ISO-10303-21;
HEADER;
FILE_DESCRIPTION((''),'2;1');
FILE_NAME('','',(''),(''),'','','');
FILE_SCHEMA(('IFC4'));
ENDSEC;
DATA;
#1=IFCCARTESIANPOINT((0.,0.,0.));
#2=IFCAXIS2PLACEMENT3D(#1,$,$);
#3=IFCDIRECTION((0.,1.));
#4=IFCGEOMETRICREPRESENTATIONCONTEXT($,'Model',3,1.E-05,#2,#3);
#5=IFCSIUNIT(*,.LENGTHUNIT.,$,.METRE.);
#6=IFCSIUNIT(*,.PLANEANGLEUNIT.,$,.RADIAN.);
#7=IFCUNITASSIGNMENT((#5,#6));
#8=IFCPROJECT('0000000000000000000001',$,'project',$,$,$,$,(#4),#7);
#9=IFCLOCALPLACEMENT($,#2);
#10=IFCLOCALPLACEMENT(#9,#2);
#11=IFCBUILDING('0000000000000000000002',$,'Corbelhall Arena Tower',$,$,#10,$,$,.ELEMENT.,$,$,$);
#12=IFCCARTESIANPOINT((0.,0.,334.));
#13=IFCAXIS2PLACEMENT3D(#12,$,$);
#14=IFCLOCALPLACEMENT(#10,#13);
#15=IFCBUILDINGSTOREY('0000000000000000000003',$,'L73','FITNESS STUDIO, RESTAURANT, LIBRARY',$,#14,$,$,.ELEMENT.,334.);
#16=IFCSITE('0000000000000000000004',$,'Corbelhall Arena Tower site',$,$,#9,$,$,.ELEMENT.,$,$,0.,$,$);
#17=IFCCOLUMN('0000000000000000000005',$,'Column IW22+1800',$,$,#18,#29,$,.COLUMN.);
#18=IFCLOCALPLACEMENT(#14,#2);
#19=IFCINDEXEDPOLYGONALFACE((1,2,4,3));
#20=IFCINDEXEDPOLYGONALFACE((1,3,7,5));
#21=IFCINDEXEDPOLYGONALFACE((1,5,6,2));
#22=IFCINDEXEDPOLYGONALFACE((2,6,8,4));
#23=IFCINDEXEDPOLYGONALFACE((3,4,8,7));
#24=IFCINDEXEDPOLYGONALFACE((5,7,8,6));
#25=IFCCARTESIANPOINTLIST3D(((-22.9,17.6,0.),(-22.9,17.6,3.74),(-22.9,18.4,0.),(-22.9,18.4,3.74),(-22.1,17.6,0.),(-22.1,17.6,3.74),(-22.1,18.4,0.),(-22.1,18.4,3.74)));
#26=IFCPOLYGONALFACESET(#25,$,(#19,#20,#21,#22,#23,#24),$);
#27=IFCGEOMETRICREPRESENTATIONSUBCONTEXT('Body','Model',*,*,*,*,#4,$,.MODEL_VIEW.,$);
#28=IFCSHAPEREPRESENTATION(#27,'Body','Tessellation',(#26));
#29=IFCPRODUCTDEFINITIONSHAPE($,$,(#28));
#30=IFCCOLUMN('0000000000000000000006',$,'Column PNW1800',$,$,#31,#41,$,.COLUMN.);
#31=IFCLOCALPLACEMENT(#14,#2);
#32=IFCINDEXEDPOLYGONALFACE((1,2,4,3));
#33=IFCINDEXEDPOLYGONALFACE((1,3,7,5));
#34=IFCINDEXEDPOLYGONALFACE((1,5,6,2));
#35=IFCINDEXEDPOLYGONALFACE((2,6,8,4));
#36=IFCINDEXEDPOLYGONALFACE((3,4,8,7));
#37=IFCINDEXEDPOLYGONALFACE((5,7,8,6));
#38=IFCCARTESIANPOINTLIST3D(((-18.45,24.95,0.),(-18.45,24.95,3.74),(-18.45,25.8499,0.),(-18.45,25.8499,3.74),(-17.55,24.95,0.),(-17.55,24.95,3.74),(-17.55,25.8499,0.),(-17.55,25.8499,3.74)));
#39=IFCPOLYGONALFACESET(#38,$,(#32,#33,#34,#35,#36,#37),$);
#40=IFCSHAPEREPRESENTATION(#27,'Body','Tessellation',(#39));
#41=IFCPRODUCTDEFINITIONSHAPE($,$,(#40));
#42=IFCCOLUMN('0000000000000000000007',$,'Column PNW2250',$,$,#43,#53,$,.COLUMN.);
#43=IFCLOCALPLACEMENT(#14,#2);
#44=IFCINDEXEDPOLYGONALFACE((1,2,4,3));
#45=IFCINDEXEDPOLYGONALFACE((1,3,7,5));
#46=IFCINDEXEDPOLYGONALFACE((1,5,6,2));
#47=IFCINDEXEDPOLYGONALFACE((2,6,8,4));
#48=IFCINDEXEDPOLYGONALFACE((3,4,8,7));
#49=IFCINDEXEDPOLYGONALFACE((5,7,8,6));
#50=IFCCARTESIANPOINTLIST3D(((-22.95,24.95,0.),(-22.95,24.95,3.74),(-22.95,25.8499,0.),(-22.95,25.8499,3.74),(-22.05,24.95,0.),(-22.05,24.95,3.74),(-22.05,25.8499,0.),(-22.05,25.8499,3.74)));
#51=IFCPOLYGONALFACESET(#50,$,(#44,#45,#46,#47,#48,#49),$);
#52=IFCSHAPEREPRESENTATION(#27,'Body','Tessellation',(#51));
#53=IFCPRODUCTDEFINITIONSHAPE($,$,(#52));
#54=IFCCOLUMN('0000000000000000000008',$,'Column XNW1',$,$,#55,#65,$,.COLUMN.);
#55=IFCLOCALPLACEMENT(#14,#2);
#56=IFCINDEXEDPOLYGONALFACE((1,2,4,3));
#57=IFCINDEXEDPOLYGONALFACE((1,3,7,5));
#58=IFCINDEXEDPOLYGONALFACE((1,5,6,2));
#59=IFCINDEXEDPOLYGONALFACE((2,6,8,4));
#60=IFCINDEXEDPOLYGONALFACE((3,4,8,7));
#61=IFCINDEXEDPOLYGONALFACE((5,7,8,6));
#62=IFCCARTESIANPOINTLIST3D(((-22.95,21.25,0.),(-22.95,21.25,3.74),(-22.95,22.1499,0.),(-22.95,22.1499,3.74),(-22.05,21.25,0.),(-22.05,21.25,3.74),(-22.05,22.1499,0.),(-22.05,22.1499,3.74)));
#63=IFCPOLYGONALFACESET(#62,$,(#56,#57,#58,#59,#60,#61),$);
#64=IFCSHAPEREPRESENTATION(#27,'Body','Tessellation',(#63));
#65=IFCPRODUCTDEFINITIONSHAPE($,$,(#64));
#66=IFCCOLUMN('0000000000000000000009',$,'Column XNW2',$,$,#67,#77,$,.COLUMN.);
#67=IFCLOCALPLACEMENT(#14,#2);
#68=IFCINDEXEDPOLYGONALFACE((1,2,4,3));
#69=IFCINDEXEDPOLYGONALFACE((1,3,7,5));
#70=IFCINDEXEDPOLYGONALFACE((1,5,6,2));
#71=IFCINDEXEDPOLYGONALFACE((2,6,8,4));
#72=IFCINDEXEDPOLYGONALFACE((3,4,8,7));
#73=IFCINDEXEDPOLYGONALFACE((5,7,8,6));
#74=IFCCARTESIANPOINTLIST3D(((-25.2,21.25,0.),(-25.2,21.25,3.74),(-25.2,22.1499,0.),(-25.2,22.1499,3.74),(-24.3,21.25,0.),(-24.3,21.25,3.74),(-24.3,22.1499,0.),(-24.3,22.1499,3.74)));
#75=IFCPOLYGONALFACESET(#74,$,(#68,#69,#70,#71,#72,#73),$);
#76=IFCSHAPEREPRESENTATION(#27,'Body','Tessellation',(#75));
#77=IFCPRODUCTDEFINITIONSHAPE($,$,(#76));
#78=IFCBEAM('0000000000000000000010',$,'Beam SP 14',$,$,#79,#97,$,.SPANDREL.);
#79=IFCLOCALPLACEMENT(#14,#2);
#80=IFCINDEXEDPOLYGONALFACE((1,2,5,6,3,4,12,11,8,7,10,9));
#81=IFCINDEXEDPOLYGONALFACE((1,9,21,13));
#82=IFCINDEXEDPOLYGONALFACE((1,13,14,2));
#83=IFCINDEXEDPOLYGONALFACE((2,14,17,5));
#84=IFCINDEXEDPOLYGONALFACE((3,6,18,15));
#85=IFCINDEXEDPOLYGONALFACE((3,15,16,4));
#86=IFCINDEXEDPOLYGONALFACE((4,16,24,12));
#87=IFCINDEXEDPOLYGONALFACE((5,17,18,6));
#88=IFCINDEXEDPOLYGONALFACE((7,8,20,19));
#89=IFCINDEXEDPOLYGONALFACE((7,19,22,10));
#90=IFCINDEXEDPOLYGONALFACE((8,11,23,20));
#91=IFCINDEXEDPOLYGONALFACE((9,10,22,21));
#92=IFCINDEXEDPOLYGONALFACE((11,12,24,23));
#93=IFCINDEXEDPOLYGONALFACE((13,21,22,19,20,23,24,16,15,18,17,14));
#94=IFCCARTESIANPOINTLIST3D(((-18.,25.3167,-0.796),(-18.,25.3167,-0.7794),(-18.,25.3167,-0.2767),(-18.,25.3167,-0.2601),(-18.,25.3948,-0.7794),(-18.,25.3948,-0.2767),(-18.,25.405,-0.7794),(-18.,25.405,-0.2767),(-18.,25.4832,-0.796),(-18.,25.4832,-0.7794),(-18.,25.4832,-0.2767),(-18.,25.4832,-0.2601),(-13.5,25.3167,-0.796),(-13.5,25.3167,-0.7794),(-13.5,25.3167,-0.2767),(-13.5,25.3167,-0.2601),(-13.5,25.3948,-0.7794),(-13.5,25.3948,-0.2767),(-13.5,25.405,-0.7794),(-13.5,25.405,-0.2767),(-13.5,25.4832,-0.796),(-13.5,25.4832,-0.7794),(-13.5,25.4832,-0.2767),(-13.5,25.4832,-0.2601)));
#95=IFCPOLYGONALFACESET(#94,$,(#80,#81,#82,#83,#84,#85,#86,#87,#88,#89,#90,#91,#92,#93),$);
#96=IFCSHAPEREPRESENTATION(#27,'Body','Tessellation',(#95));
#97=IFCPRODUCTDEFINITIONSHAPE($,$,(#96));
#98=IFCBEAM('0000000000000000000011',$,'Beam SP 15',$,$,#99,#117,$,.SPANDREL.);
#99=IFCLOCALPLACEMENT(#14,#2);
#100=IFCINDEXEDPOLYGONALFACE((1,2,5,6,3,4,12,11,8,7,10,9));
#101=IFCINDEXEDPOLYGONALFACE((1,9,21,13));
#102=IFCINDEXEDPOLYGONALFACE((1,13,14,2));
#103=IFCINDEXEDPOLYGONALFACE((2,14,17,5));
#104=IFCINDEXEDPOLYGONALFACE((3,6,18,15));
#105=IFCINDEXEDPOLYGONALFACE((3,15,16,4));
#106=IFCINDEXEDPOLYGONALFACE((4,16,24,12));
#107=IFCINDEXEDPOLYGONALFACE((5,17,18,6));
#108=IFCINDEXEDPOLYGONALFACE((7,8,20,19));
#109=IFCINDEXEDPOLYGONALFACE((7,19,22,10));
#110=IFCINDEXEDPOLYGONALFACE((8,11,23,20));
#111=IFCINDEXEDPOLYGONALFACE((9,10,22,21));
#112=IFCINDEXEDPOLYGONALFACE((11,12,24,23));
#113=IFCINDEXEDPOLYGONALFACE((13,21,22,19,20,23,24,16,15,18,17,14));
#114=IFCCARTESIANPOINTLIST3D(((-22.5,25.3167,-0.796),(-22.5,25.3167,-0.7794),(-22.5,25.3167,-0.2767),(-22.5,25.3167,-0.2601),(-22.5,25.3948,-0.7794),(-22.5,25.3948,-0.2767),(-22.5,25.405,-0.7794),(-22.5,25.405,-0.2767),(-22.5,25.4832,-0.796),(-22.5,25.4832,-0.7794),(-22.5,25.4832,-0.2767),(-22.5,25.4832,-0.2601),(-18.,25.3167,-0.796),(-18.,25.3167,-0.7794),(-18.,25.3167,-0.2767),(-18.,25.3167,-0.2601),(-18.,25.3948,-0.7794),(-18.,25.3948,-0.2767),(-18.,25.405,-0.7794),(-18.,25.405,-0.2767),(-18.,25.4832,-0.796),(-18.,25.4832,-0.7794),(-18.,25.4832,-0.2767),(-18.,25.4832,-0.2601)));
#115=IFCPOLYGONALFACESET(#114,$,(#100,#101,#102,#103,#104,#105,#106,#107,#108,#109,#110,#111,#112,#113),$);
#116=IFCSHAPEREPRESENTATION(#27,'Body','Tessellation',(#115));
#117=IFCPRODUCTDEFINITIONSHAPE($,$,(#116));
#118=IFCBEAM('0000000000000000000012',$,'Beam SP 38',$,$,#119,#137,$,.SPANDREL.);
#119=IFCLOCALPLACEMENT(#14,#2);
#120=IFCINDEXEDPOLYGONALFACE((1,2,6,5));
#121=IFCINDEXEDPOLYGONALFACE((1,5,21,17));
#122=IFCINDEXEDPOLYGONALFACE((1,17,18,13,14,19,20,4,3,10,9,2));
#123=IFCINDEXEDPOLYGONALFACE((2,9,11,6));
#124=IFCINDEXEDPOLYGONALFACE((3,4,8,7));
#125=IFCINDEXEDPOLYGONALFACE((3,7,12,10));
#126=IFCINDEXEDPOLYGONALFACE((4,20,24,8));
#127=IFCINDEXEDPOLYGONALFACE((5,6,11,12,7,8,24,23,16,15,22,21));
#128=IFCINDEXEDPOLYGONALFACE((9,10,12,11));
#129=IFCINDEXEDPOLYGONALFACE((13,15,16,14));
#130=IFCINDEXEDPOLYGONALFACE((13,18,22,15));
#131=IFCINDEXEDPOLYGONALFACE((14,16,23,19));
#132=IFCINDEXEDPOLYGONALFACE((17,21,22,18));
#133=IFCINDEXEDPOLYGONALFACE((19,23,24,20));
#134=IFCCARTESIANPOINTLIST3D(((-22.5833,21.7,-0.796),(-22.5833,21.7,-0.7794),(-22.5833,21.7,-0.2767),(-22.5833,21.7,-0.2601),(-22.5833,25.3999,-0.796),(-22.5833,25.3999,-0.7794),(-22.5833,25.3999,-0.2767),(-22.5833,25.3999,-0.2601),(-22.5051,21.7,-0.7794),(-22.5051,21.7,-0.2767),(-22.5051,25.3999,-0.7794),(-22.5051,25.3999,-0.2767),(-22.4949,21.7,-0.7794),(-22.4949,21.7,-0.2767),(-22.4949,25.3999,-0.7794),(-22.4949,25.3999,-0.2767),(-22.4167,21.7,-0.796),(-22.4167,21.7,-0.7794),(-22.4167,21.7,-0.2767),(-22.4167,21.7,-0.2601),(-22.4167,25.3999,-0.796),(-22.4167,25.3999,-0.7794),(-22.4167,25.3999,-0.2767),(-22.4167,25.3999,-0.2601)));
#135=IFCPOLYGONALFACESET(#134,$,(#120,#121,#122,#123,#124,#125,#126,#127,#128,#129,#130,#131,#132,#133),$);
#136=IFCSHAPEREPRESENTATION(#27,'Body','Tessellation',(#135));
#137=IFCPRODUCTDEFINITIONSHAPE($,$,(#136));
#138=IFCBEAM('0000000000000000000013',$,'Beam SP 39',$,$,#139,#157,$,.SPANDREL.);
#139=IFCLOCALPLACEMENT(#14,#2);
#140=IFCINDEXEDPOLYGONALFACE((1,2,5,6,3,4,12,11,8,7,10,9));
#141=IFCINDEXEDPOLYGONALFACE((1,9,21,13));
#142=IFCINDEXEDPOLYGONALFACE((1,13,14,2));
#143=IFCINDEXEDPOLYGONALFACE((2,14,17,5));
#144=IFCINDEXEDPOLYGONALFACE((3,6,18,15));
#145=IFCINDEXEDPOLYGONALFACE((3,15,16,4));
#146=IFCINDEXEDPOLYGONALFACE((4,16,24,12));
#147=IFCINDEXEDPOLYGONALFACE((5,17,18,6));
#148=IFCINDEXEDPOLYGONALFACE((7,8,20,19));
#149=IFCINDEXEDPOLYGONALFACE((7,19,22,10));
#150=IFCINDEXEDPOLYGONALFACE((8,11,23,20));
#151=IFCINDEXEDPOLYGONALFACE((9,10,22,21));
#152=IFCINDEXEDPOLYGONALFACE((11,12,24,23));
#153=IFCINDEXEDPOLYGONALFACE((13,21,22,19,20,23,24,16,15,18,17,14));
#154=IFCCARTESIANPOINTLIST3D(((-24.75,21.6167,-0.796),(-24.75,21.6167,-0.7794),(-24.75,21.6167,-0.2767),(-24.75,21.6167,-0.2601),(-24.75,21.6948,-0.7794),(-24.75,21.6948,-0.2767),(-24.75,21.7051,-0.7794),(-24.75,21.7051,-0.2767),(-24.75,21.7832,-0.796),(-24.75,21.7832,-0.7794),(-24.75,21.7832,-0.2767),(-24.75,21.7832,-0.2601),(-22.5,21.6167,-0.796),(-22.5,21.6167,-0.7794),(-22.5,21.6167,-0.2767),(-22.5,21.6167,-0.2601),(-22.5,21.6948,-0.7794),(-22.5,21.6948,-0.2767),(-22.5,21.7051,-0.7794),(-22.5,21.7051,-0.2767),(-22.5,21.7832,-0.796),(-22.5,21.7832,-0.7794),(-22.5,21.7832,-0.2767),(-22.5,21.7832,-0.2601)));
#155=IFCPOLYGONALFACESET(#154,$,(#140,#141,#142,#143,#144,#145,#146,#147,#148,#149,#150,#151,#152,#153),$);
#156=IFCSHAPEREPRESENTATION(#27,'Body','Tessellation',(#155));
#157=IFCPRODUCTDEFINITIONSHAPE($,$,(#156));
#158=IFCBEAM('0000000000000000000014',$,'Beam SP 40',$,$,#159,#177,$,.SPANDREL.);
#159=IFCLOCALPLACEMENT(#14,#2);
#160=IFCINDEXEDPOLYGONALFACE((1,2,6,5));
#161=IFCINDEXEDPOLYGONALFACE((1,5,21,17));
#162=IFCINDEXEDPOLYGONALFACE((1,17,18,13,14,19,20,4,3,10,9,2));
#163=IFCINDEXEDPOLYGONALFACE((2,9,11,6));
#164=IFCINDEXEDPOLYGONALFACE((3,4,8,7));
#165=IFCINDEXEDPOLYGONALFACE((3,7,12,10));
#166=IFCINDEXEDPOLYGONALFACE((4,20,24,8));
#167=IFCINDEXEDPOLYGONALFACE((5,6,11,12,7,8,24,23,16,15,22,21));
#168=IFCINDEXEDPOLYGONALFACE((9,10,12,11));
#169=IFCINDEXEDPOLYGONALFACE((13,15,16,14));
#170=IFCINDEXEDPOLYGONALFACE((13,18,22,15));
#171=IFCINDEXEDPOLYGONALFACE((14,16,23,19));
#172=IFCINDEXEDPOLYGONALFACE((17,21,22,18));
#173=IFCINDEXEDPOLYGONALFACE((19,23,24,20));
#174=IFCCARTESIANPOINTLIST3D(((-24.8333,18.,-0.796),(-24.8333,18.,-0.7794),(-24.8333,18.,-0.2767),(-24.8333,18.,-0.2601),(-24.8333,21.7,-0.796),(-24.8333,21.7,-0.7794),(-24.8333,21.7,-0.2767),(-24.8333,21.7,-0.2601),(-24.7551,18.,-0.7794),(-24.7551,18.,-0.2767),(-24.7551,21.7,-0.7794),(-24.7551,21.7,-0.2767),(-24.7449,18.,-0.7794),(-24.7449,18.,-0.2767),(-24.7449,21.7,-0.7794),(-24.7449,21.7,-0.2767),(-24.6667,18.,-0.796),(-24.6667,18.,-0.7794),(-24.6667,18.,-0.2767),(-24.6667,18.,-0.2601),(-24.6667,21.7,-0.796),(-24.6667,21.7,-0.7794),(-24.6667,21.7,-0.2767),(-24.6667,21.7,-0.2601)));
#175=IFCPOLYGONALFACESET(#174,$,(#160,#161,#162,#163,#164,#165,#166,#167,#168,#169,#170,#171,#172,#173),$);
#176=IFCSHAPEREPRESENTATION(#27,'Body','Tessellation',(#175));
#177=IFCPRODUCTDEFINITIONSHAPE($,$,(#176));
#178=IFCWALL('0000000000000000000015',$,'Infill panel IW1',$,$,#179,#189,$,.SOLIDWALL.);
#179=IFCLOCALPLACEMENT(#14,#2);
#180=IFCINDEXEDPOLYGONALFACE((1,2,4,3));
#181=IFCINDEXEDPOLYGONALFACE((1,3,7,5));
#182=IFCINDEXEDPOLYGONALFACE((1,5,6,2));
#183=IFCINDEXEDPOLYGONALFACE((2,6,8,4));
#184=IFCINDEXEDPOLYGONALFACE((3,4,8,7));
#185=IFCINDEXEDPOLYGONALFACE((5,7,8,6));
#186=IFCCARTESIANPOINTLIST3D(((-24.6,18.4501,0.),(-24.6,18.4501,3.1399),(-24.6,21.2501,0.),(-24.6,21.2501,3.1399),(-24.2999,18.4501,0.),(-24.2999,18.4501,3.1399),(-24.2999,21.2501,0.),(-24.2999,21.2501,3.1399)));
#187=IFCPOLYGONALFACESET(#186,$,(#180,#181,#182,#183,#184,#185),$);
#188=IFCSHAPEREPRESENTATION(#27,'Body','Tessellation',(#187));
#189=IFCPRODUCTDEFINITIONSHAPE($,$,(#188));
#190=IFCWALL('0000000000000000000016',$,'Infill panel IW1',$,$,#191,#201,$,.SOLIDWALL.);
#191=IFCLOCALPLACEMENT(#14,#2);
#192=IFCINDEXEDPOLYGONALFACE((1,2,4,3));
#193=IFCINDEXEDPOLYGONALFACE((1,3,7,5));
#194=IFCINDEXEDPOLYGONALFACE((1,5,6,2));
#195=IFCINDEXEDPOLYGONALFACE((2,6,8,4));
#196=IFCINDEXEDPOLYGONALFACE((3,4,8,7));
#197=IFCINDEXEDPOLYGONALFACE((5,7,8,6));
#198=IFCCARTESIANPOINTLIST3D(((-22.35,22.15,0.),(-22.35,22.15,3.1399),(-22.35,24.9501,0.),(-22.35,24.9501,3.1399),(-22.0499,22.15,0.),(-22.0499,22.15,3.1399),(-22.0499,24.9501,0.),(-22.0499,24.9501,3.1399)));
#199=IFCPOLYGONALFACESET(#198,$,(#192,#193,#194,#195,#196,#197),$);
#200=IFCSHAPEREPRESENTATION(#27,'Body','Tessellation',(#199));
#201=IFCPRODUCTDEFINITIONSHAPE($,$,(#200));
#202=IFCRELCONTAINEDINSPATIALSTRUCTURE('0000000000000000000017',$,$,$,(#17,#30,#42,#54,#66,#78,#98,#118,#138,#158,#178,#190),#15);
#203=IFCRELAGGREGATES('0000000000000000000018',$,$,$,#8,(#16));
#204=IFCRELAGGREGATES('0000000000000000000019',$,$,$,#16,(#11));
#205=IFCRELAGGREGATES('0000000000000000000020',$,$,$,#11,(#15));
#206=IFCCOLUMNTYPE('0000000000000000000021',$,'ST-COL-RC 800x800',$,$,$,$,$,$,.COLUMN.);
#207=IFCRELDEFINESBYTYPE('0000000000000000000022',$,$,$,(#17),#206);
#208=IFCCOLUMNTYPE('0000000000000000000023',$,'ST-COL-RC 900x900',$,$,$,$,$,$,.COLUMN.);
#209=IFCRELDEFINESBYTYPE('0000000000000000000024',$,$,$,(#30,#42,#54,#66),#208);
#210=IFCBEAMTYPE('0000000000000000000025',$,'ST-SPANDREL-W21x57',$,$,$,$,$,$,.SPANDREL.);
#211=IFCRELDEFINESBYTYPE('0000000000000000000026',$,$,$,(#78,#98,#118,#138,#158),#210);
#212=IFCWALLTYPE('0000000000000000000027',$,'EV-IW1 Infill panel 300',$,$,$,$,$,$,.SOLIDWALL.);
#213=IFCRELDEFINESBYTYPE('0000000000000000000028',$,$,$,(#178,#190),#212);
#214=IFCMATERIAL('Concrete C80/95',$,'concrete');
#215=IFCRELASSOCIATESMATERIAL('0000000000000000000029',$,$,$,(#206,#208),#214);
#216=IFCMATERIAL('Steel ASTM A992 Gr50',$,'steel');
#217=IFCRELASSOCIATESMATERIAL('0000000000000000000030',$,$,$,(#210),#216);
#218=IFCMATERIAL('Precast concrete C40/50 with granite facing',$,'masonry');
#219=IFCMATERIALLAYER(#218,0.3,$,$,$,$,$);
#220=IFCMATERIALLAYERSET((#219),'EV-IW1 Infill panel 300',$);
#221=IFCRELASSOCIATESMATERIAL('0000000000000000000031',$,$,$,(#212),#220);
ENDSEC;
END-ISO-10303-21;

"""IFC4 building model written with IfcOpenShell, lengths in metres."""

from ifc_helpers import new_model, si_unit, direction, frame, frame_2d, origin, origin_2d, place, context, subcontext, project, spatial, rectangle, i_section, extrude, material, layer, layer_set, material_profile, profile_set, type_object, element, save


model = new_model("IFC4")

# Units and contexts
model_context = context("Model", 3, precision=1e-05, world=origin(), true_north=direction((0.0, 1.0)))
body_context = subcontext(model_context, "Body", "Model", "MODEL_VIEW")
ifc_project = project(units=[si_unit("LENGTHUNIT", "METRE"), si_unit("PLANEANGLEUNIT", "RADIAN")], contexts=[model_context])

# Site, building, storey
site_placement = place(None, origin())
site = spatial("IfcSite", under=ifc_project, at=site_placement, Name="Corbelhall Arena Tower site", CompositionType="ELEMENT", RefElevation=0.0)
building_placement = place(site_placement, origin())
building = spatial("IfcBuilding", under=site, at=building_placement, Name="Corbelhall Arena Tower", CompositionType="ELEMENT")
storey_placement = place(building_placement, frame((0.0, 0.0, 334.0)))
storey = spatial("IfcBuildingStorey", under=building, at=storey_placement, Name="L73", Description="FITNESS STUDIO, RESTAURANT, LIBRARY", CompositionType="ELEMENT", Elevation=334.0)

# Columns
ifc_material_1 = material(Name="Concrete C80/95", Category="concrete")
ifc_material_profile_1 = material_profile(ifc_material_1, rectangle(XDim=0.8, YDim=0.8, at=origin_2d()))
ifc_profile_set_1 = profile_set([ifc_material_profile_1], Name="Concrete C80/95")
column_type_1 = type_object("IfcColumnType", Name="ST-COL-RC 800x800", PredefinedType="COLUMN", material=ifc_profile_set_1)
column_placement = place(storey_placement, frame((-22.5, 18.0, 0.0), z_axis=(0.0, 0.0, 1.0), x_axis=(1.0, 0.0, 0.0)))
element("IfcColumn", 1, at=column_placement, inside=storey, type_object=column_type_1, Name="Column IW22+1800", PredefinedType="COLUMN", context=body_context, shape_type="SweptSolid", body=[
    extrude(rectangle(XDim=0.8, YDim=0.8, at=origin_2d()), origin(), (0.0, 0.0, 1.0), 3.74),
])
ifc_material_profile_2 = material_profile(ifc_material_1, rectangle(XDim=0.8999, YDim=0.8999, at=origin_2d()))
ifc_profile_set_2 = profile_set([ifc_material_profile_2], Name="Concrete C80/95")
column_type_2 = type_object("IfcColumnType", Name="ST-COL-RC 900x900", PredefinedType="COLUMN", material=ifc_profile_set_2)
for number, where, z_axis, x_axis, name in (
    (2, (-18.0, 25.3999, 0.0), (0.0, 0.0, 1.0), (1.0, 0.0, 0.0), "Column PNW1800"),
    (3, (-22.5, 25.3999, 0.0), (0.0, 0.0, 1.0), (1.0, 0.0, 0.0), "Column PNW2250"),
    (4, (-22.5, 21.7, 0.0), (0.0, 0.0, 1.0), (1.0, 0.0, 0.0), "Column XNW1"),
    (5, (-24.75, 21.7, 0.0), (0.0, 0.0, 1.0), (1.0, 0.0, 0.0), "Column XNW2"),
):
    element("IfcColumn", number, at=place(storey_placement, frame(where, z_axis=z_axis, x_axis=x_axis)), inside=storey, type_object=column_type_2, Name=name, PredefinedType="COLUMN", context=body_context, shape_type="SweptSolid", body=[
        extrude(rectangle(XDim=0.8999, YDim=0.8999, at=origin_2d()), origin(), (0.0, 0.0, 1.0), 3.74),
    ])

# Beams
ifc_material_2 = material(Name="Steel ASTM A992 Gr50", Category="steel")
ifc_material_profile_3 = material_profile(ifc_material_2, i_section(OverallWidth=0.1665, OverallDepth=0.5359, WebThickness=0.0103, FlangeThickness=0.0166, at=origin_2d()))
ifc_profile_set_3 = profile_set([ifc_material_profile_3], Name="Steel ASTM A992 Gr50")
beam_type = type_object("IfcBeamType", Name="ST-SPANDREL-W21x57", PredefinedType="SPANDREL", material=ifc_profile_set_3)
for number, where, z_axis, x_axis, name in (
    (6, (-18.0, 25.3999, -0.5281), (1.0, 0.0, 0.0), (0.0, 1.0, 0.0), "Beam SP 14"),
    (7, (-22.5, 25.3999, -0.5281), (1.0, 0.0, 0.0), (0.0, 1.0, 0.0), "Beam SP 15"),
):
    element("IfcBeam", number, at=place(storey_placement, frame(where, z_axis=z_axis, x_axis=x_axis)), inside=storey, type_object=beam_type, Name=name, PredefinedType="SPANDREL", context=body_context, shape_type="SweptSolid", body=[
        extrude(i_section(OverallWidth=0.1665, OverallDepth=0.5359, WebThickness=0.0103, FlangeThickness=0.0166, at=origin_2d()), origin(), (0.0, 0.0, 1.0), 4.5),
    ])
beam_1_placement = place(storey_placement, frame((-22.5, 21.7, -0.5281), z_axis=(0.0, 1.0, 0.0), x_axis=(-1.0, 0.0, 0.0)))
element("IfcBeam", 8, at=beam_1_placement, inside=storey, type_object=beam_type, Name="Beam SP 38", PredefinedType="SPANDREL", context=body_context, shape_type="SweptSolid", body=[
    extrude(i_section(OverallWidth=0.1665, OverallDepth=0.5359, WebThickness=0.0103, FlangeThickness=0.0166, at=origin_2d()), origin(), (0.0, 0.0, 1.0), 3.7),
])
beam_2_placement = place(storey_placement, frame((-24.75, 21.7, -0.5281), z_axis=(1.0, 0.0, 0.0), x_axis=(0.0, 1.0, 0.0)))
element("IfcBeam", 9, at=beam_2_placement, inside=storey, type_object=beam_type, Name="Beam SP 39", PredefinedType="SPANDREL", context=body_context, shape_type="SweptSolid", body=[
    extrude(i_section(OverallWidth=0.1665, OverallDepth=0.5359, WebThickness=0.0103, FlangeThickness=0.0166, at=origin_2d()), origin(), (0.0, 0.0, 1.0), 2.25),
])
beam_3_placement = place(storey_placement, frame((-24.75, 18.0, -0.5281), z_axis=(0.0, 1.0, 0.0), x_axis=(-1.0, 0.0, 0.0)))
element("IfcBeam", 10, at=beam_3_placement, inside=storey, type_object=beam_type, Name="Beam SP 40", PredefinedType="SPANDREL", context=body_context, shape_type="SweptSolid", body=[
    extrude(i_section(OverallWidth=0.1665, OverallDepth=0.5359, WebThickness=0.0103, FlangeThickness=0.0166, at=origin_2d()), origin(), (0.0, 0.0, 1.0), 3.7),
])

# Wall
ifc_material_3 = material(Name="Precast concrete C40/50 with granite facing", Category="masonry")
ifc_layer_1 = layer(ifc_material_3, 0.3)
ifc_layer_set_1 = layer_set([ifc_layer_1], Name="EV-IW1 Infill panel 300")
wall_type_1 = type_object("IfcWallType", Name="EV-IW1 Infill panel 300", PredefinedType="SOLIDWALL", material=ifc_layer_set_1)
wall_1_placement = place(storey_placement, frame((-24.45, 21.25, 0.0), z_axis=(0.0, 0.0, 1.0), x_axis=(0.0, -1.0, 0.0)))
element("IfcWall", 11, at=wall_1_placement, inside=storey, type_object=wall_type_1, Name="Infill panel IW1", PredefinedType="SOLIDWALL", context=body_context, shape_type="SweptSolid", body=[
    extrude(rectangle(XDim=2.8, YDim=0.3, at=frame_2d((1.3999, 0.0))), origin(), (0.0, 0.0, 1.0), 3.1399),
])

# Wall
wall_2_placement = place(storey_placement, frame((-22.2, 24.95, 0.0), z_axis=(0.0, 0.0, 1.0), x_axis=(0.0, -1.0, 0.0)))
element("IfcWall", 12, at=wall_2_placement, inside=storey, type_object=wall_type_1, Name="Infill panel IW1", PredefinedType="SOLIDWALL", context=body_context, shape_type="SweptSolid", body=[
    extrude(rectangle(XDim=2.8, YDim=0.3, at=frame_2d((1.3999, 0.0))), origin(), (0.0, 0.0, 1.0), 3.1399),
])

save(model, "model.ifc")
